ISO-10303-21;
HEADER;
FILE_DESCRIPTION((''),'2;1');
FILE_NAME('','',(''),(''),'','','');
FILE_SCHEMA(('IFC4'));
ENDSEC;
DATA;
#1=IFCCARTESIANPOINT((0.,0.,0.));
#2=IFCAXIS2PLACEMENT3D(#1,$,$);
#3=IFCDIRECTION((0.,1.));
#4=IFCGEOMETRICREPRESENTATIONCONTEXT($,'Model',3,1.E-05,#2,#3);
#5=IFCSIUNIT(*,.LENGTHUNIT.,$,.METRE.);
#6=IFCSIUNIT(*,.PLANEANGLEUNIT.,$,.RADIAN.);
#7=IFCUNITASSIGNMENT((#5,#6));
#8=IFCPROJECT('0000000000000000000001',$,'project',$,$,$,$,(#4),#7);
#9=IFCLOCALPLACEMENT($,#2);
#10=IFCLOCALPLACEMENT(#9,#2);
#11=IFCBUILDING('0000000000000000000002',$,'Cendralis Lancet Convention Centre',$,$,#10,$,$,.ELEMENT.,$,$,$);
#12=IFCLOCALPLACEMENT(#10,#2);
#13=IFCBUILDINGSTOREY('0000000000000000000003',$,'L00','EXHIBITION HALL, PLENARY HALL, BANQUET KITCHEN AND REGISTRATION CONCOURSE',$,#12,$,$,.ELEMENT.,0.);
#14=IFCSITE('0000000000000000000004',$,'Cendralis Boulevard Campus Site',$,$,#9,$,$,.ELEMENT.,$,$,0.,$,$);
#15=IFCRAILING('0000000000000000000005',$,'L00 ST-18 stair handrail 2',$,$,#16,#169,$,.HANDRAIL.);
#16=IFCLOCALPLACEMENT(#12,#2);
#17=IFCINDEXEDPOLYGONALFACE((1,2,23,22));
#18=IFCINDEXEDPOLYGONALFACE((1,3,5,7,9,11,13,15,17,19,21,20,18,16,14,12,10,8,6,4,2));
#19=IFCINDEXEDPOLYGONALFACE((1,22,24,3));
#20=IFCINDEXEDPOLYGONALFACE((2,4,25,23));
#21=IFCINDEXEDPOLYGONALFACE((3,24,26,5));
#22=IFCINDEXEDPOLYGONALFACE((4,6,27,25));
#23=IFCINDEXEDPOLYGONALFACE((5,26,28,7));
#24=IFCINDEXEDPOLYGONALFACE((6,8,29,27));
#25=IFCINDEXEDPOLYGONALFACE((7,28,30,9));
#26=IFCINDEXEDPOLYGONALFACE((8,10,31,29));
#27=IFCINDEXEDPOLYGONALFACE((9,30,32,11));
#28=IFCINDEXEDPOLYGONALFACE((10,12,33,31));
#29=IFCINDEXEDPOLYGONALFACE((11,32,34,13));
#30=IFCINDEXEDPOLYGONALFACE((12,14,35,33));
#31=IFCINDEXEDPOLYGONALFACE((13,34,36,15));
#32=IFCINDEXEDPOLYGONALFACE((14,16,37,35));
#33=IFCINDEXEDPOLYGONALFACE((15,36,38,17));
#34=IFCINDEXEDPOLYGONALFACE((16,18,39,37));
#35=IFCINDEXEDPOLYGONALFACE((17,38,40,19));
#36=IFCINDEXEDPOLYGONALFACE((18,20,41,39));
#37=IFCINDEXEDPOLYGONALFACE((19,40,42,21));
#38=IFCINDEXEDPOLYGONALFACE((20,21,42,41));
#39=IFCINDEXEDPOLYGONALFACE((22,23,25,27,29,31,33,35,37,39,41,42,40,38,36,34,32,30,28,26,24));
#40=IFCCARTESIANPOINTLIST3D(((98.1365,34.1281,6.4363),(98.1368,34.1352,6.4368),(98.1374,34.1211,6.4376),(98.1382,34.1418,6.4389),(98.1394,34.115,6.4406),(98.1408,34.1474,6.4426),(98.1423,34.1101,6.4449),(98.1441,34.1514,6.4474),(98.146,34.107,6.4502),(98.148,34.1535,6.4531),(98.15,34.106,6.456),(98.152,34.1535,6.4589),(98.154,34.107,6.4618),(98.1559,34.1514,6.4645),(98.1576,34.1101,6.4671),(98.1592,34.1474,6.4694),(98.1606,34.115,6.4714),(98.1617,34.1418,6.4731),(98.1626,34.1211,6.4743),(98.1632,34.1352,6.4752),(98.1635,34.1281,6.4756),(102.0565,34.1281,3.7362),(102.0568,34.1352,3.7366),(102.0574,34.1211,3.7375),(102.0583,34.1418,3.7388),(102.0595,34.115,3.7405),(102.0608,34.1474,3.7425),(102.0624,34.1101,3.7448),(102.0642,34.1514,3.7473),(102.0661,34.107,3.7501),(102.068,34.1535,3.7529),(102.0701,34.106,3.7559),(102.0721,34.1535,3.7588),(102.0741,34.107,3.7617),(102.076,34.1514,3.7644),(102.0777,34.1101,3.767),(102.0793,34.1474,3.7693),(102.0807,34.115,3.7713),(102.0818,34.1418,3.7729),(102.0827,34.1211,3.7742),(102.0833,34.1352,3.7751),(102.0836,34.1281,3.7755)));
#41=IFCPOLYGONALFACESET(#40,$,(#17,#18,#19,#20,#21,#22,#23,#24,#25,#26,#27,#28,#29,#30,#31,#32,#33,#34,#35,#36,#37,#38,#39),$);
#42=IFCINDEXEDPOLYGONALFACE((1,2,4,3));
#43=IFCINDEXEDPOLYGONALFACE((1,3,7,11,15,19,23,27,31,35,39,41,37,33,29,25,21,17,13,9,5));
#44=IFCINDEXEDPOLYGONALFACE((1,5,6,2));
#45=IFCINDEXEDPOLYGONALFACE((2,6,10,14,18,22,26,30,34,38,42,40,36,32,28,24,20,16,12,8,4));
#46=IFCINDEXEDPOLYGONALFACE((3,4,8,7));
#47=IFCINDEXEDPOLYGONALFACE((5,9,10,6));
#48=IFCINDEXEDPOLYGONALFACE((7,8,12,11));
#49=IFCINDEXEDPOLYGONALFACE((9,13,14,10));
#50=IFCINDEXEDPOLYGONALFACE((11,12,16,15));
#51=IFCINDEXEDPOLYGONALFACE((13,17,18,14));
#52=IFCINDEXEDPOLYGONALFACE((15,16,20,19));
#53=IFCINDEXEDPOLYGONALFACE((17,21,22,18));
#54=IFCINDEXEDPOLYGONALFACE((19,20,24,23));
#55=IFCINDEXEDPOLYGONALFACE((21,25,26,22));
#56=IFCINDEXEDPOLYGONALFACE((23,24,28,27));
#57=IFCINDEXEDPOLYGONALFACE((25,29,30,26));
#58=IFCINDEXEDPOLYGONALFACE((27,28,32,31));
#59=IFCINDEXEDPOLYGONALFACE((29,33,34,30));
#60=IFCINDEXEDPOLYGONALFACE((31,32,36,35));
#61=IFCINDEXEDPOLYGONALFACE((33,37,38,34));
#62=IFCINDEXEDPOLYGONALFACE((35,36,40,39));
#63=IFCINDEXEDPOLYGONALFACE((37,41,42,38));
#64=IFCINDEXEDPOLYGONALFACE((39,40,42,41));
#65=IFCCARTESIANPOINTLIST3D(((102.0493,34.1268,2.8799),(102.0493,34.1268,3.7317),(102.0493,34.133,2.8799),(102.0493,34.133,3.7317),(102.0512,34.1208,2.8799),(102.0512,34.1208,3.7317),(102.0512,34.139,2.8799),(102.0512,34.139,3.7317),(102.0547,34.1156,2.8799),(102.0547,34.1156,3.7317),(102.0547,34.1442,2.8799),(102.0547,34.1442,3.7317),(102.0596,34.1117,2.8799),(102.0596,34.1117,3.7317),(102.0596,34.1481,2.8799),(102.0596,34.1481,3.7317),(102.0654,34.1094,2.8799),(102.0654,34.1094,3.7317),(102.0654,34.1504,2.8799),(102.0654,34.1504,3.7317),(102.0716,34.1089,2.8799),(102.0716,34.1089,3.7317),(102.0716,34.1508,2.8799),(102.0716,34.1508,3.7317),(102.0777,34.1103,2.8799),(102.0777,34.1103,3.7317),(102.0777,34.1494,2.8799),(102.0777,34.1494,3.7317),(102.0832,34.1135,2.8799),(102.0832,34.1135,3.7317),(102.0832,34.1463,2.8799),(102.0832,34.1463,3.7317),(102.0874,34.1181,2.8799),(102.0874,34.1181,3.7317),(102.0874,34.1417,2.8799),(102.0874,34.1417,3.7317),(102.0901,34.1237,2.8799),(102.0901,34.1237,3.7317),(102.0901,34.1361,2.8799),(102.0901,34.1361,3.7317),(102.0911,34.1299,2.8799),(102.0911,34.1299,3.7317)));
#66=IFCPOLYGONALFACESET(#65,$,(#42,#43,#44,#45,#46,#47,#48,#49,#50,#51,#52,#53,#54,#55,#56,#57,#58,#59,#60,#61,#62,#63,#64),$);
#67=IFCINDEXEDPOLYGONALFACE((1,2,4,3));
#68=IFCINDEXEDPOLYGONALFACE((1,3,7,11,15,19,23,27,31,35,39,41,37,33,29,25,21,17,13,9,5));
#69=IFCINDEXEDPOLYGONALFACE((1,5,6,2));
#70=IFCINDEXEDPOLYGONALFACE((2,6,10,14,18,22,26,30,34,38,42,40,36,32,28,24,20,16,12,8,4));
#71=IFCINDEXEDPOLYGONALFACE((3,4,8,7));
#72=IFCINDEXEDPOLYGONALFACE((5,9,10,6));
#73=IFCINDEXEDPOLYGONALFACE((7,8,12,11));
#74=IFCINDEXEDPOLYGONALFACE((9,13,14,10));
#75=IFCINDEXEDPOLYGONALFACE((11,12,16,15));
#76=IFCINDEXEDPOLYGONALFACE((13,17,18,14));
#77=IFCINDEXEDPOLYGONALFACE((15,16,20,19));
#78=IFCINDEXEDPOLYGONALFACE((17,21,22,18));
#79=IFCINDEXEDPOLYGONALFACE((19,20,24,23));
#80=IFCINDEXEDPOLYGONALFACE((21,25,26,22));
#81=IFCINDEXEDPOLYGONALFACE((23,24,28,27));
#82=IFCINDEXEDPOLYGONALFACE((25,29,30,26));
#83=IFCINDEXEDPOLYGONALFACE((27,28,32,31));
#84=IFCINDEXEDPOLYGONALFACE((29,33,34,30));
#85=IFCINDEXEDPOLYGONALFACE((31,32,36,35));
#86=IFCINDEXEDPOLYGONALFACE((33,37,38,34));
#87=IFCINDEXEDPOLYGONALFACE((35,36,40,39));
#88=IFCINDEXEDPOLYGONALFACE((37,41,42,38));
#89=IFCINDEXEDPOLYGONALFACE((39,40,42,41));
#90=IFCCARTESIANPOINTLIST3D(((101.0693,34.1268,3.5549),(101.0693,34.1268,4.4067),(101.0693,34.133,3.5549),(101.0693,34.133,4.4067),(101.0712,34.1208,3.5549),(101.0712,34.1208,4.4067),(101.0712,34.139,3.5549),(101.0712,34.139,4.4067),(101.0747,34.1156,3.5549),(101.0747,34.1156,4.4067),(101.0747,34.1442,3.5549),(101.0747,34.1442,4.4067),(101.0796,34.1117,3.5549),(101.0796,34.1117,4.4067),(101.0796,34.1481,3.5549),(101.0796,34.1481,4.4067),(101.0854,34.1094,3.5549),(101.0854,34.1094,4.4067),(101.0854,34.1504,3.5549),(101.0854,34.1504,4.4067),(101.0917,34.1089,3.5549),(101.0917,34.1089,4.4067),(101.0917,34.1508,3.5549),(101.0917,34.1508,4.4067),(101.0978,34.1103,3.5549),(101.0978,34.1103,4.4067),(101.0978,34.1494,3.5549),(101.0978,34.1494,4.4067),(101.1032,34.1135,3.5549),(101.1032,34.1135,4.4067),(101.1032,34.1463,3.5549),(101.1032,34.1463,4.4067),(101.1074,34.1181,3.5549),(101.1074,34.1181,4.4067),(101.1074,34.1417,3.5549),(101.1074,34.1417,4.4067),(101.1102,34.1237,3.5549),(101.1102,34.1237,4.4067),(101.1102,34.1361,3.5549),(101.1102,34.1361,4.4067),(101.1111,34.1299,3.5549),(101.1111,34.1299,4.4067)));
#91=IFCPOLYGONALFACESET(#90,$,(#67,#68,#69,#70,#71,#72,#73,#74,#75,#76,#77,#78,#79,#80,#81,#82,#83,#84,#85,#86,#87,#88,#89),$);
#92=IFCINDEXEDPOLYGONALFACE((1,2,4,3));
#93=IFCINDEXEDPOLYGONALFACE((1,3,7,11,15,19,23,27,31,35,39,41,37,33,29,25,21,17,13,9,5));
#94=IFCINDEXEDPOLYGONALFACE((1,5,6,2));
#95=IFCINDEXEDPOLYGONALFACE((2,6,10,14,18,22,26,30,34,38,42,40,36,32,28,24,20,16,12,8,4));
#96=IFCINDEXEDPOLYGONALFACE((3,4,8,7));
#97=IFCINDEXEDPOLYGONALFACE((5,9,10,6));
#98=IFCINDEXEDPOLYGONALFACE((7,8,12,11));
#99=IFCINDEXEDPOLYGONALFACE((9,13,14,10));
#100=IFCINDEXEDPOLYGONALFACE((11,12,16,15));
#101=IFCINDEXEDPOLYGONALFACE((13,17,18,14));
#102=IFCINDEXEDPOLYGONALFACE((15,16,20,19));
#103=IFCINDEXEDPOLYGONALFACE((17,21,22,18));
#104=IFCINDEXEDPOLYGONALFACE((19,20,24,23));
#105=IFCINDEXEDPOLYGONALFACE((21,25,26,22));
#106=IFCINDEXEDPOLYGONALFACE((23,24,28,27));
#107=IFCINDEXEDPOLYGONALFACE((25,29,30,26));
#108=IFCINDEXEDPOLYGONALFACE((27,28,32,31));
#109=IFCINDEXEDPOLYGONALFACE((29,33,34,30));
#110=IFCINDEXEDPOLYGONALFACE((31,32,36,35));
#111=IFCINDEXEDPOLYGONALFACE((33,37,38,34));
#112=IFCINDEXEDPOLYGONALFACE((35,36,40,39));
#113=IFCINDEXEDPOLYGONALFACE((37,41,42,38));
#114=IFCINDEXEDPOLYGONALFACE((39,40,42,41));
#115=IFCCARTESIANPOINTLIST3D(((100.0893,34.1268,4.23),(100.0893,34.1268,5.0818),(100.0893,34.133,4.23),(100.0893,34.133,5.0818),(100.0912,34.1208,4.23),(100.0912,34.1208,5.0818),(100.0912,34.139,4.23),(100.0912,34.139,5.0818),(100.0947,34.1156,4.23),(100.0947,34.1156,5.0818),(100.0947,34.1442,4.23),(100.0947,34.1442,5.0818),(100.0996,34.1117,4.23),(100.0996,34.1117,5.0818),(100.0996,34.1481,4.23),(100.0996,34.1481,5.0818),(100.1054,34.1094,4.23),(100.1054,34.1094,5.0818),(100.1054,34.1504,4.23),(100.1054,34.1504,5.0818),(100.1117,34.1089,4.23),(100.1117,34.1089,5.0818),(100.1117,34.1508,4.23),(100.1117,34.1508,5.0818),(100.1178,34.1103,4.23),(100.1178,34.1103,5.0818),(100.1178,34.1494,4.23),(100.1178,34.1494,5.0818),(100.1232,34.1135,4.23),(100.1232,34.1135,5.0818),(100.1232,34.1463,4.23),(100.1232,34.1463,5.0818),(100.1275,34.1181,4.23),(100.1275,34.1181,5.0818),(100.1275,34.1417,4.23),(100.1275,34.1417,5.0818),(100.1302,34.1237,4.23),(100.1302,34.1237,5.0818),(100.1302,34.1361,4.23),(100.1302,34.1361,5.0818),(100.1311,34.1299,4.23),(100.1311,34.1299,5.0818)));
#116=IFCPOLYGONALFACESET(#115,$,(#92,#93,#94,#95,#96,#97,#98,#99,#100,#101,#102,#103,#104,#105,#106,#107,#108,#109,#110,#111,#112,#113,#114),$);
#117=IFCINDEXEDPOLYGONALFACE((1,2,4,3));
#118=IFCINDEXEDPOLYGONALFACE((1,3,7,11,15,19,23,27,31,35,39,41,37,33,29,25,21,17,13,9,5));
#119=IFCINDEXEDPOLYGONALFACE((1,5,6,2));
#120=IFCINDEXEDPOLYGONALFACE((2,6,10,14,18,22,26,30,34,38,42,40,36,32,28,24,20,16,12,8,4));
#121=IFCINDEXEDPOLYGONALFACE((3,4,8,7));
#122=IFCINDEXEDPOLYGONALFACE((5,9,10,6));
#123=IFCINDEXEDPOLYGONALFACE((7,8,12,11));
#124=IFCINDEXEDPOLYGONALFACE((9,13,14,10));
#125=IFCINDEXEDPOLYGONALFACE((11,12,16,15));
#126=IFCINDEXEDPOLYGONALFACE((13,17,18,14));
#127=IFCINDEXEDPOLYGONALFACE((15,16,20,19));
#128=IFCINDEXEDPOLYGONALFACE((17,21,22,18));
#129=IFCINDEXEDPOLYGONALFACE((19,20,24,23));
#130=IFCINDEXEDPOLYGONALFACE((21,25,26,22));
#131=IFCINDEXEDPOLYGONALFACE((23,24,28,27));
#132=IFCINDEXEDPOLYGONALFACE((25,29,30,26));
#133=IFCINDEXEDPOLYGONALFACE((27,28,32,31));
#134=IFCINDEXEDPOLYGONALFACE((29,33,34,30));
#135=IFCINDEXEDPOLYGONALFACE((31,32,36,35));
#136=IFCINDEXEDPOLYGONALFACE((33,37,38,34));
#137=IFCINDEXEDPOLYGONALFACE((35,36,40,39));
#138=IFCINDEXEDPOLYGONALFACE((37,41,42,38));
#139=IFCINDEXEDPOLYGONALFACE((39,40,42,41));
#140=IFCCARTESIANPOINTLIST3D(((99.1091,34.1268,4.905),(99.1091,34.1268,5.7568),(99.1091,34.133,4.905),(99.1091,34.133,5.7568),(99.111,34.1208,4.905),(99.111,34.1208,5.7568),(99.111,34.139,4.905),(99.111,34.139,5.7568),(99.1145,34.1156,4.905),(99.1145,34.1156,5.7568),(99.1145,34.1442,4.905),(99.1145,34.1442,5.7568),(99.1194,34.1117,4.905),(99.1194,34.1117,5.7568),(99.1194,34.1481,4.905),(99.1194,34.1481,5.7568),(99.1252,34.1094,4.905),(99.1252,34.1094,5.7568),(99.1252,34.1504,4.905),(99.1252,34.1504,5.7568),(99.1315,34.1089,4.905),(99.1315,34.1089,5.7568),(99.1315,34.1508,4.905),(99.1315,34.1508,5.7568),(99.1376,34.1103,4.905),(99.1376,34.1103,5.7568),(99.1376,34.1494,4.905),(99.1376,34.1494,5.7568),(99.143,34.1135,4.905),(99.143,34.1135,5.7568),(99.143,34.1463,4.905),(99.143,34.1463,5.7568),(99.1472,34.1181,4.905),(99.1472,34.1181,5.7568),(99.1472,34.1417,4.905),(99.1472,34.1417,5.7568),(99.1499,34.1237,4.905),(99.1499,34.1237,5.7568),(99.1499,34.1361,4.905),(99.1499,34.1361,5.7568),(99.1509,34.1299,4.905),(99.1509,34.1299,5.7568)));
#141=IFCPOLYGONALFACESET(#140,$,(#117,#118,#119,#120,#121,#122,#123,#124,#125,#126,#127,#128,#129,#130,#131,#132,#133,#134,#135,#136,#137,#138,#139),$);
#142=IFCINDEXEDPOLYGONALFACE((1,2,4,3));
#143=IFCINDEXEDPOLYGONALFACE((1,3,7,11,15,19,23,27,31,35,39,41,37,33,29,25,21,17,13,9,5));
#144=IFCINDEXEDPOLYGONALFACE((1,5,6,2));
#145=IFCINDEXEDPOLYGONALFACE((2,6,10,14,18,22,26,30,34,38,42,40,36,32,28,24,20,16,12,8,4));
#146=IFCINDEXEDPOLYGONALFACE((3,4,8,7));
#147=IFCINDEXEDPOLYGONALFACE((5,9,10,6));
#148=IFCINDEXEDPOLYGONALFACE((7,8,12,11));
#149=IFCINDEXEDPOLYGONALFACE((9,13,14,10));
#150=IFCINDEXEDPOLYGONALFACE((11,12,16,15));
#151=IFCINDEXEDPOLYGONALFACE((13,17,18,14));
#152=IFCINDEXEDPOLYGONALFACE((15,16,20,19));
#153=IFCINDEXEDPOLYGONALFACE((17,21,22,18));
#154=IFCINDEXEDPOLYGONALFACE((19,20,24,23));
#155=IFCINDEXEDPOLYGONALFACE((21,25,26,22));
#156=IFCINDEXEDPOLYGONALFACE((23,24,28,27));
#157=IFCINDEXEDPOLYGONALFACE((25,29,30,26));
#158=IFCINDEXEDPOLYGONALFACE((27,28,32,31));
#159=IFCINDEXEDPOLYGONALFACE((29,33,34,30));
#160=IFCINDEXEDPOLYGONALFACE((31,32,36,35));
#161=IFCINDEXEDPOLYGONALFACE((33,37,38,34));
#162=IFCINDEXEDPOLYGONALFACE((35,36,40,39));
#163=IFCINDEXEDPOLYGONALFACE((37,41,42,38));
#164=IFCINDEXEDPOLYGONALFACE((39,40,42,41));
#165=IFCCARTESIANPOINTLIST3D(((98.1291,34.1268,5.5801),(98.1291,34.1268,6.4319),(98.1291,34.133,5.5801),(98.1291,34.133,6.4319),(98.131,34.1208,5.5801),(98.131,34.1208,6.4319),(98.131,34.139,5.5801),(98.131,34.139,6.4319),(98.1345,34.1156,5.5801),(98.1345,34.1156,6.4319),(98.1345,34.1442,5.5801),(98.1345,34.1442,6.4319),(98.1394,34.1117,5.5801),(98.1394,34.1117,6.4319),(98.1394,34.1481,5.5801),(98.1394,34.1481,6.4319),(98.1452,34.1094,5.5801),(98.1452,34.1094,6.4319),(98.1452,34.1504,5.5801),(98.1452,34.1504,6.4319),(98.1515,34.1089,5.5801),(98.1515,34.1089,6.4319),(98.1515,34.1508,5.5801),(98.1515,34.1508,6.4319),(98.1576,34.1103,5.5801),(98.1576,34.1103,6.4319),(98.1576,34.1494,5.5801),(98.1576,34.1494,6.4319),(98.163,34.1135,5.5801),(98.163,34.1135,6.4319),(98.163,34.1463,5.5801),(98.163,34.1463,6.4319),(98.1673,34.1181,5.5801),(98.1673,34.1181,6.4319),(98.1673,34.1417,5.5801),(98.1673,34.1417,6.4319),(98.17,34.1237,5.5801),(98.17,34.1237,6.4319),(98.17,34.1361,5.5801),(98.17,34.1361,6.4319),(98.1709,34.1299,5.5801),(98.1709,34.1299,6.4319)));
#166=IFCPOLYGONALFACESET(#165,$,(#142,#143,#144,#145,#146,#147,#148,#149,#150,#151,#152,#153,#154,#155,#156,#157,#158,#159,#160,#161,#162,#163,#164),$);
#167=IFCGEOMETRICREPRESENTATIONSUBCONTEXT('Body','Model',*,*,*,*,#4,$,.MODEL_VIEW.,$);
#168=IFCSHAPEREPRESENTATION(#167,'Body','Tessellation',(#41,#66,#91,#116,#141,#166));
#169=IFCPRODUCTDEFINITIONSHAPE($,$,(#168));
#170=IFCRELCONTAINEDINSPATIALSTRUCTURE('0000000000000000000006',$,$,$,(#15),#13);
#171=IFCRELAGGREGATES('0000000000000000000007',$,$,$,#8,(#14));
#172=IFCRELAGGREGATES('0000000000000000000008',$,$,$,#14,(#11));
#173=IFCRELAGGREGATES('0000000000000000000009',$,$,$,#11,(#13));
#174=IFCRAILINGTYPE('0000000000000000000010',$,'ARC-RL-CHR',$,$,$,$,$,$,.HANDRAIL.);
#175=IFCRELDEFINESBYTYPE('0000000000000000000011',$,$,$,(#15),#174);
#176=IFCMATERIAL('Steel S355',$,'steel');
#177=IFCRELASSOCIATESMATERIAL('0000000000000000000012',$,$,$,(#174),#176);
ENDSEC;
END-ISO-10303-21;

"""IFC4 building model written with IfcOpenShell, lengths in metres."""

from ifc_helpers import new_model, si_unit, direction, frame, origin, origin_2d, place, context, subcontext, project, spatial, circle, extrude, material, type_object, element, save


model = new_model("IFC4")

# Units and contexts
model_context = context("Model", 3, precision=1e-05, world=origin(), true_north=direction((0.0, 1.0)))
body_context = subcontext(model_context, "Body", "Model", "MODEL_VIEW")
ifc_project = project(units=[si_unit("LENGTHUNIT", "METRE"), si_unit("PLANEANGLEUNIT", "RADIAN")], contexts=[model_context])

# Site, building, storey
site_placement = place(None, origin())
site = spatial("IfcSite", under=ifc_project, at=site_placement, Name="Cendralis Boulevard Campus Site", CompositionType="ELEMENT", RefElevation=0.0)
building_placement = place(site_placement, origin())
building = spatial("IfcBuilding", under=site, at=building_placement, Name="Cendralis Lancet Convention Centre", CompositionType="ELEMENT")
storey_placement = place(building_placement, origin())
storey = spatial("IfcBuildingStorey", under=building, at=storey_placement, Name="L00", Description="EXHIBITION HALL, PLENARY HALL, BANQUET KITCHEN AND REGISTRATION CONCOURSE", CompositionType="ELEMENT", Elevation=0.0)

# Railing
ifc_material_1 = material(Name="Steel S355", Category="steel")
railing_type_1 = type_object("IfcRailingType", Name="ARC-RL-CHR", PredefinedType="HANDRAIL", material=ifc_material_1)
railing_1_placement = place(storey_placement, frame((102.0701, 34.1299, 2.8799)))
element("IfcRailing", 1, at=railing_1_placement, inside=storey, type_object=railing_type_1, Name="L00 ST-18 stair handrail 2", PredefinedType="HANDRAIL", context=body_context, shape_type="SweptSolid", body=[
    extrude(circle(Radius=0.0239, at=origin_2d()), frame((0.0, 0.0, 0.876), z_axis=(-0.823543, 0.0, 0.567253), x_axis=(0.0, -1.0, 0.0)), (0.0, 0.0, 1.0), 4.76),
    extrude(circle(Radius=0.021, at=origin_2d()), origin(), (0.0, 0.0, 1.0), 0.8518),
    extrude(circle(Radius=0.021, at=origin_2d()), frame((-0.98, 0.0, 0.675)), (0.0, 0.0, 1.0), 0.8518),
    extrude(circle(Radius=0.021, at=origin_2d()), frame((-1.96, 0.0, 1.3501)), (0.0, 0.0, 1.0), 0.8518),
    extrude(circle(Radius=0.021, at=origin_2d()), frame((-2.9402, 0.0, 2.0251)), (0.0, 0.0, 1.0), 0.8518),
    extrude(circle(Radius=0.021, at=origin_2d()), frame((-3.9202, 0.0, 2.7002)), (0.0, 0.0, 1.0), 0.8518),
])

save(model, "model.ifc")
